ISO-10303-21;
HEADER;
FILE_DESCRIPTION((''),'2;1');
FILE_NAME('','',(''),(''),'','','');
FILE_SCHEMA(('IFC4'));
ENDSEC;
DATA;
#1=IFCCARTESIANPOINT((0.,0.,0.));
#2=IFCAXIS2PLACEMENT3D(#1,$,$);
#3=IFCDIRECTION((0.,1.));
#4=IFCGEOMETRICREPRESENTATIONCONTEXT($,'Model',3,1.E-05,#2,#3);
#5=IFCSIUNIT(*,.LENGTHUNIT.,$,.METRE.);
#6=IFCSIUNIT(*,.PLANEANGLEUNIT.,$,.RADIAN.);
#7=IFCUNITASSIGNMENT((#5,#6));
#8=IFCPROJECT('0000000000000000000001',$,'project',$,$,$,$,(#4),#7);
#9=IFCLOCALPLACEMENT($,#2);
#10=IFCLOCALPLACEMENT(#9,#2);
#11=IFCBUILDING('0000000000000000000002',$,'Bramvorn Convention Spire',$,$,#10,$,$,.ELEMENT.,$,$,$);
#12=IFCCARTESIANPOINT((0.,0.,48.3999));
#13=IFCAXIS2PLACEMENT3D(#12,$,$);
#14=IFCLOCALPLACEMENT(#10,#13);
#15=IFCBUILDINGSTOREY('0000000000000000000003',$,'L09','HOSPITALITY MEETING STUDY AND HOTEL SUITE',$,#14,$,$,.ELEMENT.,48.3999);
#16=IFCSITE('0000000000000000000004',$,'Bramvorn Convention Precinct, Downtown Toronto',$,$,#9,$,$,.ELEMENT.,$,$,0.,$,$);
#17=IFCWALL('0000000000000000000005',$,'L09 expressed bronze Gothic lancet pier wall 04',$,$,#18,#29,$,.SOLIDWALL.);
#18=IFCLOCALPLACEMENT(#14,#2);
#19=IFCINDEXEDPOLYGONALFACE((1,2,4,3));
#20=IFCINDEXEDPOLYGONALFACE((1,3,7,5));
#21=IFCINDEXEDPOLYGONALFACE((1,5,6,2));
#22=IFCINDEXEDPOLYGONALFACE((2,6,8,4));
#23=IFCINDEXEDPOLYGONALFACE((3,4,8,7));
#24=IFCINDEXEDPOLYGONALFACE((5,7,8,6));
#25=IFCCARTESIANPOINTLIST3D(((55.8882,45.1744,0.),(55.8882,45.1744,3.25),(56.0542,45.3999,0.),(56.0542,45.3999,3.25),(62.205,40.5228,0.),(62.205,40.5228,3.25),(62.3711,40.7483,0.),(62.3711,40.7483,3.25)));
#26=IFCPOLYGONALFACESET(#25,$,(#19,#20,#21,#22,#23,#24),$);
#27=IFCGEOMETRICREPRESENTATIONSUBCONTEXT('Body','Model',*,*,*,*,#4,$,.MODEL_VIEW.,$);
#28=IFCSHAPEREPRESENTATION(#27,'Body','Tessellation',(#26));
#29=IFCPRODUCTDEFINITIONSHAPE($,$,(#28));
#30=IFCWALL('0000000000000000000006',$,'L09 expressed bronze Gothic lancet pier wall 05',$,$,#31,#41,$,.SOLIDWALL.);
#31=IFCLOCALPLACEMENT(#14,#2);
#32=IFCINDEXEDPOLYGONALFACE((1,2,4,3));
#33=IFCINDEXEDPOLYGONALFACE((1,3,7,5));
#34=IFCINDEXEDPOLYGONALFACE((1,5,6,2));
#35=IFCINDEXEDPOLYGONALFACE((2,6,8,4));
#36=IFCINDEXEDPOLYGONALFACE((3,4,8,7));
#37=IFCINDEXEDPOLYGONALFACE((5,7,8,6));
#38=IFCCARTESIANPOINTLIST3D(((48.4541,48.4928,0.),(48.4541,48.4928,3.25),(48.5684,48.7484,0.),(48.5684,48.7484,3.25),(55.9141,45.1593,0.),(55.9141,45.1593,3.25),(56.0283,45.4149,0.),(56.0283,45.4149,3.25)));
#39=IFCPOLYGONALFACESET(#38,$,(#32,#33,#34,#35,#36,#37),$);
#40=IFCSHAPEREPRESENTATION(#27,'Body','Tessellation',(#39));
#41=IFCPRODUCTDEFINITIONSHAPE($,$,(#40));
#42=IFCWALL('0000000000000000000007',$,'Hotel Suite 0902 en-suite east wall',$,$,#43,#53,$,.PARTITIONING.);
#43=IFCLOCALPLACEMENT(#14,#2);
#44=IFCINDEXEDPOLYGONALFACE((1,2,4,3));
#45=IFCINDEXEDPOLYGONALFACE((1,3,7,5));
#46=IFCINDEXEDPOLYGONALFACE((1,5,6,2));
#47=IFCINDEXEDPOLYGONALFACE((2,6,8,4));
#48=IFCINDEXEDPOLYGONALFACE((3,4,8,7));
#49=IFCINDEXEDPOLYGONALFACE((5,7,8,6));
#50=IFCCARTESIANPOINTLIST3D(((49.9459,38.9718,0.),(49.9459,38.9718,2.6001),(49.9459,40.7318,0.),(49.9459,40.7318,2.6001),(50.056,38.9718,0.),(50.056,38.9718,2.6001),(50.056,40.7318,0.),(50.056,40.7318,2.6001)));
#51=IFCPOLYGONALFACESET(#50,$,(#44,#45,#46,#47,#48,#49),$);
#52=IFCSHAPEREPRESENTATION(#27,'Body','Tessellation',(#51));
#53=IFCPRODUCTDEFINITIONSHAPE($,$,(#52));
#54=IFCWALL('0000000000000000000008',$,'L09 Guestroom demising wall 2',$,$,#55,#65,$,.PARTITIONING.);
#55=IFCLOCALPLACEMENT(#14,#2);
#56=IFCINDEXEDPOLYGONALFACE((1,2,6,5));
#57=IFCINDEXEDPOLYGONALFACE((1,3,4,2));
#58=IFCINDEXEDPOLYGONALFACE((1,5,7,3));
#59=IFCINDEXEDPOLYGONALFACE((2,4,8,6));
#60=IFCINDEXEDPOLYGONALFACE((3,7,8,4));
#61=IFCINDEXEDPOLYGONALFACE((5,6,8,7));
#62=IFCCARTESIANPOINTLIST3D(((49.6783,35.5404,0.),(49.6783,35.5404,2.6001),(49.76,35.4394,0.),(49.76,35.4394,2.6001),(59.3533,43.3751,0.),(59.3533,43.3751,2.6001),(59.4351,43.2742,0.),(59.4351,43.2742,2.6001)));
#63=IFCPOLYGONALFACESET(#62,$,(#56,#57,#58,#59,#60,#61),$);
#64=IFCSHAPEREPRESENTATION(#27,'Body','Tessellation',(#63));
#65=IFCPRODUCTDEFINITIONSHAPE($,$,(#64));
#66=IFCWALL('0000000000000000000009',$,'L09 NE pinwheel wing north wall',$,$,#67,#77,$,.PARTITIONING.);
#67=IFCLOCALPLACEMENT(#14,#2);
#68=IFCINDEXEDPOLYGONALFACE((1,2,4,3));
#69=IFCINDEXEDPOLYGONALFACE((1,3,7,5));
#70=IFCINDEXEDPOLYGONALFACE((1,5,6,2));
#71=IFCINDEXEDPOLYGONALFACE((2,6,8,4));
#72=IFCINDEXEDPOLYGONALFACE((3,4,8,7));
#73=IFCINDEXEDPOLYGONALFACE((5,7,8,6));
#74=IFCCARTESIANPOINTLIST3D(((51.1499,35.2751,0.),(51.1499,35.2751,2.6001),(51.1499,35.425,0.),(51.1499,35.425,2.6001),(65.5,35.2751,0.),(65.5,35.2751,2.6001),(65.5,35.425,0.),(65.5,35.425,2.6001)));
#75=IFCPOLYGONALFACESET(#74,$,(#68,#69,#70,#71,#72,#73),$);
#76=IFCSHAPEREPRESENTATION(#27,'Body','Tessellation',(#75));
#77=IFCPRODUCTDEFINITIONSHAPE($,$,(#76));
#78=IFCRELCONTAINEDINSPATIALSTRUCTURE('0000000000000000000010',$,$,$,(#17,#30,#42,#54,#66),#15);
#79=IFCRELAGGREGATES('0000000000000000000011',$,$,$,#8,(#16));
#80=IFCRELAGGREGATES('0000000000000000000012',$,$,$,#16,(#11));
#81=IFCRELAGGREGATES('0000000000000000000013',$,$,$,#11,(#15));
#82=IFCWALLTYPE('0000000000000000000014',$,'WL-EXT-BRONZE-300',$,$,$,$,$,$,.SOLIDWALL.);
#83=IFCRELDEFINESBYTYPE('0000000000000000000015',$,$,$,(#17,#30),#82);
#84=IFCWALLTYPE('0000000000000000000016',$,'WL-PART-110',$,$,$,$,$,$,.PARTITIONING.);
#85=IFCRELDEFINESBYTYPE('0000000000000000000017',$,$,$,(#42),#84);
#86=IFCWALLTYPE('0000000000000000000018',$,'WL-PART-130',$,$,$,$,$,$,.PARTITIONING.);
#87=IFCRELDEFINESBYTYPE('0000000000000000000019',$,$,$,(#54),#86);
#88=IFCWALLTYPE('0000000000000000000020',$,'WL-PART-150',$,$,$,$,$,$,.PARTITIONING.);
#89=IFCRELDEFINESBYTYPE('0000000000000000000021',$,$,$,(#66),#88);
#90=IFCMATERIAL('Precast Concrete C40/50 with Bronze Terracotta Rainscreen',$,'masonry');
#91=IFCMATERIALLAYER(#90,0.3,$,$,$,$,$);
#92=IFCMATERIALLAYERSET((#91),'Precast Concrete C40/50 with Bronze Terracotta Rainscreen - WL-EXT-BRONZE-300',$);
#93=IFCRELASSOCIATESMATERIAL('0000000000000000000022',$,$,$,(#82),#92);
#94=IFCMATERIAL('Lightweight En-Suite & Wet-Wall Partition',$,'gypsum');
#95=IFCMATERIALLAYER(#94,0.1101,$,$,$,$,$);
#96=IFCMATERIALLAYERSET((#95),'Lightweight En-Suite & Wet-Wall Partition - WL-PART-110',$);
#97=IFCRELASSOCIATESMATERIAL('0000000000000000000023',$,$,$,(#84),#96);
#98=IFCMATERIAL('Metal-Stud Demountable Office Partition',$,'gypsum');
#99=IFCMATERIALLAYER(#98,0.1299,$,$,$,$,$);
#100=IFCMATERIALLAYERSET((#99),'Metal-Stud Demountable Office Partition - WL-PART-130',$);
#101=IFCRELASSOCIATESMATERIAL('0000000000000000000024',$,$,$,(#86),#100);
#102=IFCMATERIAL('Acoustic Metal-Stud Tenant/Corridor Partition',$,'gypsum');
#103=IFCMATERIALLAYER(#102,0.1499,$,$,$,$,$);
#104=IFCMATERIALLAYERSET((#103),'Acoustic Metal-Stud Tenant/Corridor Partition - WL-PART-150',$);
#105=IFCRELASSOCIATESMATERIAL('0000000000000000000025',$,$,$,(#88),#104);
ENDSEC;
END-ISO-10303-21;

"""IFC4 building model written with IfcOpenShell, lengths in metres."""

from ifc_helpers import new_model, si_unit, direction, frame, frame_2d, origin, place, context, subcontext, project, spatial, rectangle, extrude, material, layer, layer_set, type_object, element, save


model = new_model("IFC4")

# Units and contexts
model_context = context("Model", 3, precision=1e-05, world=origin(), true_north=direction((0.0, 1.0)))
body_context = subcontext(model_context, "Body", "Model", "MODEL_VIEW")
ifc_project = project(units=[si_unit("LENGTHUNIT", "METRE"), si_unit("PLANEANGLEUNIT", "RADIAN")], contexts=[model_context])

# Site, building, storey
site_placement = place(None, origin())
site = spatial("IfcSite", under=ifc_project, at=site_placement, Name="Bramvorn Convention Precinct, Downtown Toronto", CompositionType="ELEMENT", RefElevation=0.0)
building_placement = place(site_placement, origin())
building = spatial("IfcBuilding", under=site, at=building_placement, Name="Bramvorn Convention Spire", CompositionType="ELEMENT")
storey_placement = place(building_placement, frame((0.0, 0.0, 48.3999)))
storey = spatial("IfcBuildingStorey", under=building, at=storey_placement, Name="L09", Description="HOSPITALITY MEETING STUDY AND HOTEL SUITE", CompositionType="ELEMENT", Elevation=48.3999)

# Walls
ifc_material_1 = material(Name="Precast Concrete C40/50 with Bronze Terracotta Rainscreen", Category="masonry")
ifc_layer_1 = layer(ifc_material_1, 0.3)
ifc_layer_set_1 = layer_set([ifc_layer_1], Name="Precast Concrete C40/50 with Bronze Terracotta Rainscreen - WL-EXT-BRONZE-300")
wall_type_1 = type_object("IfcWallType", Name="WL-EXT-BRONZE-300", PredefinedType="SOLIDWALL", material=ifc_layer_set_1)
wall_1_placement = place(storey_placement, frame((55.9712, 45.2871, 0.0), z_axis=(0.0, 0.0, 1.0), x_axis=(0.805235, -0.592956, 0.0)))
element("IfcWall", 1, at=wall_1_placement, inside=storey, type_object=wall_type_1, Name="L09 expressed bronze Gothic lancet pier wall 04", PredefinedType="SOLIDWALL", context=body_context, shape_type="SweptSolid", body=[
    extrude(rectangle(XDim=7.8447, YDim=0.28, at=frame_2d((3.9224, 0.0))), origin(), (0.0, 0.0, 1.0), 3.25),
])
wall_2_placement = place(storey_placement, frame((48.5112, 48.6206, 0.0), z_axis=(0.0, 0.0, 1.0), x_axis=(0.912994, -0.407973, 0.0)))
element("IfcWall", 2, at=wall_2_placement, inside=storey, type_object=wall_type_1, Name="L09 expressed bronze Gothic lancet pier wall 05", PredefinedType="SOLIDWALL", context=body_context, shape_type="SweptSolid", body=[
    extrude(rectangle(XDim=8.1709, YDim=0.28, at=frame_2d((4.0854, 0.0))), origin(), (0.0, 0.0, 1.0), 3.25),
])
ifc_material_2 = material(Name="Lightweight En-Suite & Wet-Wall Partition", Category="gypsum")
ifc_layer_2 = layer(ifc_material_2, 0.1101)
ifc_layer_set_2 = layer_set([ifc_layer_2], Name="Lightweight En-Suite & Wet-Wall Partition - WL-PART-110")
wall_type_2 = type_object("IfcWallType", Name="WL-PART-110", PredefinedType="PARTITIONING", material=ifc_layer_set_2)
wall_3_placement = place(storey_placement, frame((50.001, 38.9719, 0.0), z_axis=(0.0, 0.0, 1.0), x_axis=(0.0, 1.0, 0.0)))
element("IfcWall", 3, at=wall_3_placement, inside=storey, type_object=wall_type_2, Name="Hotel Suite 0902 en-suite east wall", PredefinedType="PARTITIONING", context=body_context, shape_type="SweptSolid", body=[
    extrude(rectangle(XDim=1.76, YDim=0.1101, at=frame_2d((0.8799, 0.0))), origin(), (0.0, 0.0, 1.0), 2.6001),
])
ifc_material_3 = material(Name="Metal-Stud Demountable Office Partition", Category="gypsum")
ifc_layer_3 = layer(ifc_material_3, 0.1299)
ifc_layer_set_3 = layer_set([ifc_layer_3], Name="Metal-Stud Demountable Office Partition - WL-PART-130")
wall_type_3 = type_object("IfcWallType", Name="WL-PART-130", PredefinedType="PARTITIONING", material=ifc_layer_set_3)
wall_4_placement = place(storey_placement, frame((49.7192, 35.49, 0.0), z_axis=(0.0, 0.0, 1.0), x_axis=(0.777145, 0.629321, 0.0)))
element("IfcWall", 4, at=wall_4_placement, inside=storey, type_object=wall_type_3, Name="L09 Guestroom demising wall 2", PredefinedType="PARTITIONING", context=body_context, shape_type="SweptSolid", body=[
    extrude(rectangle(XDim=12.4495, YDim=0.1299, at=frame_2d((6.2246, 0.0))), origin(), (0.0, 0.0, 1.0), 2.6001),
])
ifc_material_4 = material(Name="Acoustic Metal-Stud Tenant/Corridor Partition", Category="gypsum")
ifc_layer_4 = layer(ifc_material_4, 0.1499)
ifc_layer_set_4 = layer_set([ifc_layer_4], Name="Acoustic Metal-Stud Tenant/Corridor Partition - WL-PART-150")
wall_type_4 = type_object("IfcWallType", Name="WL-PART-150", PredefinedType="PARTITIONING", material=ifc_layer_set_4)
wall_5_placement = place(storey_placement, frame((51.1499, 35.3501, 0.0), z_axis=(0.0, 0.0, 1.0), x_axis=(1.0, 0.0, 0.0)))
element("IfcWall", 5, at=wall_5_placement, inside=storey, type_object=wall_type_4, Name="L09 NE pinwheel wing north wall", PredefinedType="PARTITIONING", context=body_context, shape_type="SweptSolid", body=[
    extrude(rectangle(XDim=14.3501, YDim=0.1499, at=frame_2d((7.175, 0.0))), origin(), (0.0, 0.0, 1.0), 2.6001),
])

save(model, "model.ifc")
